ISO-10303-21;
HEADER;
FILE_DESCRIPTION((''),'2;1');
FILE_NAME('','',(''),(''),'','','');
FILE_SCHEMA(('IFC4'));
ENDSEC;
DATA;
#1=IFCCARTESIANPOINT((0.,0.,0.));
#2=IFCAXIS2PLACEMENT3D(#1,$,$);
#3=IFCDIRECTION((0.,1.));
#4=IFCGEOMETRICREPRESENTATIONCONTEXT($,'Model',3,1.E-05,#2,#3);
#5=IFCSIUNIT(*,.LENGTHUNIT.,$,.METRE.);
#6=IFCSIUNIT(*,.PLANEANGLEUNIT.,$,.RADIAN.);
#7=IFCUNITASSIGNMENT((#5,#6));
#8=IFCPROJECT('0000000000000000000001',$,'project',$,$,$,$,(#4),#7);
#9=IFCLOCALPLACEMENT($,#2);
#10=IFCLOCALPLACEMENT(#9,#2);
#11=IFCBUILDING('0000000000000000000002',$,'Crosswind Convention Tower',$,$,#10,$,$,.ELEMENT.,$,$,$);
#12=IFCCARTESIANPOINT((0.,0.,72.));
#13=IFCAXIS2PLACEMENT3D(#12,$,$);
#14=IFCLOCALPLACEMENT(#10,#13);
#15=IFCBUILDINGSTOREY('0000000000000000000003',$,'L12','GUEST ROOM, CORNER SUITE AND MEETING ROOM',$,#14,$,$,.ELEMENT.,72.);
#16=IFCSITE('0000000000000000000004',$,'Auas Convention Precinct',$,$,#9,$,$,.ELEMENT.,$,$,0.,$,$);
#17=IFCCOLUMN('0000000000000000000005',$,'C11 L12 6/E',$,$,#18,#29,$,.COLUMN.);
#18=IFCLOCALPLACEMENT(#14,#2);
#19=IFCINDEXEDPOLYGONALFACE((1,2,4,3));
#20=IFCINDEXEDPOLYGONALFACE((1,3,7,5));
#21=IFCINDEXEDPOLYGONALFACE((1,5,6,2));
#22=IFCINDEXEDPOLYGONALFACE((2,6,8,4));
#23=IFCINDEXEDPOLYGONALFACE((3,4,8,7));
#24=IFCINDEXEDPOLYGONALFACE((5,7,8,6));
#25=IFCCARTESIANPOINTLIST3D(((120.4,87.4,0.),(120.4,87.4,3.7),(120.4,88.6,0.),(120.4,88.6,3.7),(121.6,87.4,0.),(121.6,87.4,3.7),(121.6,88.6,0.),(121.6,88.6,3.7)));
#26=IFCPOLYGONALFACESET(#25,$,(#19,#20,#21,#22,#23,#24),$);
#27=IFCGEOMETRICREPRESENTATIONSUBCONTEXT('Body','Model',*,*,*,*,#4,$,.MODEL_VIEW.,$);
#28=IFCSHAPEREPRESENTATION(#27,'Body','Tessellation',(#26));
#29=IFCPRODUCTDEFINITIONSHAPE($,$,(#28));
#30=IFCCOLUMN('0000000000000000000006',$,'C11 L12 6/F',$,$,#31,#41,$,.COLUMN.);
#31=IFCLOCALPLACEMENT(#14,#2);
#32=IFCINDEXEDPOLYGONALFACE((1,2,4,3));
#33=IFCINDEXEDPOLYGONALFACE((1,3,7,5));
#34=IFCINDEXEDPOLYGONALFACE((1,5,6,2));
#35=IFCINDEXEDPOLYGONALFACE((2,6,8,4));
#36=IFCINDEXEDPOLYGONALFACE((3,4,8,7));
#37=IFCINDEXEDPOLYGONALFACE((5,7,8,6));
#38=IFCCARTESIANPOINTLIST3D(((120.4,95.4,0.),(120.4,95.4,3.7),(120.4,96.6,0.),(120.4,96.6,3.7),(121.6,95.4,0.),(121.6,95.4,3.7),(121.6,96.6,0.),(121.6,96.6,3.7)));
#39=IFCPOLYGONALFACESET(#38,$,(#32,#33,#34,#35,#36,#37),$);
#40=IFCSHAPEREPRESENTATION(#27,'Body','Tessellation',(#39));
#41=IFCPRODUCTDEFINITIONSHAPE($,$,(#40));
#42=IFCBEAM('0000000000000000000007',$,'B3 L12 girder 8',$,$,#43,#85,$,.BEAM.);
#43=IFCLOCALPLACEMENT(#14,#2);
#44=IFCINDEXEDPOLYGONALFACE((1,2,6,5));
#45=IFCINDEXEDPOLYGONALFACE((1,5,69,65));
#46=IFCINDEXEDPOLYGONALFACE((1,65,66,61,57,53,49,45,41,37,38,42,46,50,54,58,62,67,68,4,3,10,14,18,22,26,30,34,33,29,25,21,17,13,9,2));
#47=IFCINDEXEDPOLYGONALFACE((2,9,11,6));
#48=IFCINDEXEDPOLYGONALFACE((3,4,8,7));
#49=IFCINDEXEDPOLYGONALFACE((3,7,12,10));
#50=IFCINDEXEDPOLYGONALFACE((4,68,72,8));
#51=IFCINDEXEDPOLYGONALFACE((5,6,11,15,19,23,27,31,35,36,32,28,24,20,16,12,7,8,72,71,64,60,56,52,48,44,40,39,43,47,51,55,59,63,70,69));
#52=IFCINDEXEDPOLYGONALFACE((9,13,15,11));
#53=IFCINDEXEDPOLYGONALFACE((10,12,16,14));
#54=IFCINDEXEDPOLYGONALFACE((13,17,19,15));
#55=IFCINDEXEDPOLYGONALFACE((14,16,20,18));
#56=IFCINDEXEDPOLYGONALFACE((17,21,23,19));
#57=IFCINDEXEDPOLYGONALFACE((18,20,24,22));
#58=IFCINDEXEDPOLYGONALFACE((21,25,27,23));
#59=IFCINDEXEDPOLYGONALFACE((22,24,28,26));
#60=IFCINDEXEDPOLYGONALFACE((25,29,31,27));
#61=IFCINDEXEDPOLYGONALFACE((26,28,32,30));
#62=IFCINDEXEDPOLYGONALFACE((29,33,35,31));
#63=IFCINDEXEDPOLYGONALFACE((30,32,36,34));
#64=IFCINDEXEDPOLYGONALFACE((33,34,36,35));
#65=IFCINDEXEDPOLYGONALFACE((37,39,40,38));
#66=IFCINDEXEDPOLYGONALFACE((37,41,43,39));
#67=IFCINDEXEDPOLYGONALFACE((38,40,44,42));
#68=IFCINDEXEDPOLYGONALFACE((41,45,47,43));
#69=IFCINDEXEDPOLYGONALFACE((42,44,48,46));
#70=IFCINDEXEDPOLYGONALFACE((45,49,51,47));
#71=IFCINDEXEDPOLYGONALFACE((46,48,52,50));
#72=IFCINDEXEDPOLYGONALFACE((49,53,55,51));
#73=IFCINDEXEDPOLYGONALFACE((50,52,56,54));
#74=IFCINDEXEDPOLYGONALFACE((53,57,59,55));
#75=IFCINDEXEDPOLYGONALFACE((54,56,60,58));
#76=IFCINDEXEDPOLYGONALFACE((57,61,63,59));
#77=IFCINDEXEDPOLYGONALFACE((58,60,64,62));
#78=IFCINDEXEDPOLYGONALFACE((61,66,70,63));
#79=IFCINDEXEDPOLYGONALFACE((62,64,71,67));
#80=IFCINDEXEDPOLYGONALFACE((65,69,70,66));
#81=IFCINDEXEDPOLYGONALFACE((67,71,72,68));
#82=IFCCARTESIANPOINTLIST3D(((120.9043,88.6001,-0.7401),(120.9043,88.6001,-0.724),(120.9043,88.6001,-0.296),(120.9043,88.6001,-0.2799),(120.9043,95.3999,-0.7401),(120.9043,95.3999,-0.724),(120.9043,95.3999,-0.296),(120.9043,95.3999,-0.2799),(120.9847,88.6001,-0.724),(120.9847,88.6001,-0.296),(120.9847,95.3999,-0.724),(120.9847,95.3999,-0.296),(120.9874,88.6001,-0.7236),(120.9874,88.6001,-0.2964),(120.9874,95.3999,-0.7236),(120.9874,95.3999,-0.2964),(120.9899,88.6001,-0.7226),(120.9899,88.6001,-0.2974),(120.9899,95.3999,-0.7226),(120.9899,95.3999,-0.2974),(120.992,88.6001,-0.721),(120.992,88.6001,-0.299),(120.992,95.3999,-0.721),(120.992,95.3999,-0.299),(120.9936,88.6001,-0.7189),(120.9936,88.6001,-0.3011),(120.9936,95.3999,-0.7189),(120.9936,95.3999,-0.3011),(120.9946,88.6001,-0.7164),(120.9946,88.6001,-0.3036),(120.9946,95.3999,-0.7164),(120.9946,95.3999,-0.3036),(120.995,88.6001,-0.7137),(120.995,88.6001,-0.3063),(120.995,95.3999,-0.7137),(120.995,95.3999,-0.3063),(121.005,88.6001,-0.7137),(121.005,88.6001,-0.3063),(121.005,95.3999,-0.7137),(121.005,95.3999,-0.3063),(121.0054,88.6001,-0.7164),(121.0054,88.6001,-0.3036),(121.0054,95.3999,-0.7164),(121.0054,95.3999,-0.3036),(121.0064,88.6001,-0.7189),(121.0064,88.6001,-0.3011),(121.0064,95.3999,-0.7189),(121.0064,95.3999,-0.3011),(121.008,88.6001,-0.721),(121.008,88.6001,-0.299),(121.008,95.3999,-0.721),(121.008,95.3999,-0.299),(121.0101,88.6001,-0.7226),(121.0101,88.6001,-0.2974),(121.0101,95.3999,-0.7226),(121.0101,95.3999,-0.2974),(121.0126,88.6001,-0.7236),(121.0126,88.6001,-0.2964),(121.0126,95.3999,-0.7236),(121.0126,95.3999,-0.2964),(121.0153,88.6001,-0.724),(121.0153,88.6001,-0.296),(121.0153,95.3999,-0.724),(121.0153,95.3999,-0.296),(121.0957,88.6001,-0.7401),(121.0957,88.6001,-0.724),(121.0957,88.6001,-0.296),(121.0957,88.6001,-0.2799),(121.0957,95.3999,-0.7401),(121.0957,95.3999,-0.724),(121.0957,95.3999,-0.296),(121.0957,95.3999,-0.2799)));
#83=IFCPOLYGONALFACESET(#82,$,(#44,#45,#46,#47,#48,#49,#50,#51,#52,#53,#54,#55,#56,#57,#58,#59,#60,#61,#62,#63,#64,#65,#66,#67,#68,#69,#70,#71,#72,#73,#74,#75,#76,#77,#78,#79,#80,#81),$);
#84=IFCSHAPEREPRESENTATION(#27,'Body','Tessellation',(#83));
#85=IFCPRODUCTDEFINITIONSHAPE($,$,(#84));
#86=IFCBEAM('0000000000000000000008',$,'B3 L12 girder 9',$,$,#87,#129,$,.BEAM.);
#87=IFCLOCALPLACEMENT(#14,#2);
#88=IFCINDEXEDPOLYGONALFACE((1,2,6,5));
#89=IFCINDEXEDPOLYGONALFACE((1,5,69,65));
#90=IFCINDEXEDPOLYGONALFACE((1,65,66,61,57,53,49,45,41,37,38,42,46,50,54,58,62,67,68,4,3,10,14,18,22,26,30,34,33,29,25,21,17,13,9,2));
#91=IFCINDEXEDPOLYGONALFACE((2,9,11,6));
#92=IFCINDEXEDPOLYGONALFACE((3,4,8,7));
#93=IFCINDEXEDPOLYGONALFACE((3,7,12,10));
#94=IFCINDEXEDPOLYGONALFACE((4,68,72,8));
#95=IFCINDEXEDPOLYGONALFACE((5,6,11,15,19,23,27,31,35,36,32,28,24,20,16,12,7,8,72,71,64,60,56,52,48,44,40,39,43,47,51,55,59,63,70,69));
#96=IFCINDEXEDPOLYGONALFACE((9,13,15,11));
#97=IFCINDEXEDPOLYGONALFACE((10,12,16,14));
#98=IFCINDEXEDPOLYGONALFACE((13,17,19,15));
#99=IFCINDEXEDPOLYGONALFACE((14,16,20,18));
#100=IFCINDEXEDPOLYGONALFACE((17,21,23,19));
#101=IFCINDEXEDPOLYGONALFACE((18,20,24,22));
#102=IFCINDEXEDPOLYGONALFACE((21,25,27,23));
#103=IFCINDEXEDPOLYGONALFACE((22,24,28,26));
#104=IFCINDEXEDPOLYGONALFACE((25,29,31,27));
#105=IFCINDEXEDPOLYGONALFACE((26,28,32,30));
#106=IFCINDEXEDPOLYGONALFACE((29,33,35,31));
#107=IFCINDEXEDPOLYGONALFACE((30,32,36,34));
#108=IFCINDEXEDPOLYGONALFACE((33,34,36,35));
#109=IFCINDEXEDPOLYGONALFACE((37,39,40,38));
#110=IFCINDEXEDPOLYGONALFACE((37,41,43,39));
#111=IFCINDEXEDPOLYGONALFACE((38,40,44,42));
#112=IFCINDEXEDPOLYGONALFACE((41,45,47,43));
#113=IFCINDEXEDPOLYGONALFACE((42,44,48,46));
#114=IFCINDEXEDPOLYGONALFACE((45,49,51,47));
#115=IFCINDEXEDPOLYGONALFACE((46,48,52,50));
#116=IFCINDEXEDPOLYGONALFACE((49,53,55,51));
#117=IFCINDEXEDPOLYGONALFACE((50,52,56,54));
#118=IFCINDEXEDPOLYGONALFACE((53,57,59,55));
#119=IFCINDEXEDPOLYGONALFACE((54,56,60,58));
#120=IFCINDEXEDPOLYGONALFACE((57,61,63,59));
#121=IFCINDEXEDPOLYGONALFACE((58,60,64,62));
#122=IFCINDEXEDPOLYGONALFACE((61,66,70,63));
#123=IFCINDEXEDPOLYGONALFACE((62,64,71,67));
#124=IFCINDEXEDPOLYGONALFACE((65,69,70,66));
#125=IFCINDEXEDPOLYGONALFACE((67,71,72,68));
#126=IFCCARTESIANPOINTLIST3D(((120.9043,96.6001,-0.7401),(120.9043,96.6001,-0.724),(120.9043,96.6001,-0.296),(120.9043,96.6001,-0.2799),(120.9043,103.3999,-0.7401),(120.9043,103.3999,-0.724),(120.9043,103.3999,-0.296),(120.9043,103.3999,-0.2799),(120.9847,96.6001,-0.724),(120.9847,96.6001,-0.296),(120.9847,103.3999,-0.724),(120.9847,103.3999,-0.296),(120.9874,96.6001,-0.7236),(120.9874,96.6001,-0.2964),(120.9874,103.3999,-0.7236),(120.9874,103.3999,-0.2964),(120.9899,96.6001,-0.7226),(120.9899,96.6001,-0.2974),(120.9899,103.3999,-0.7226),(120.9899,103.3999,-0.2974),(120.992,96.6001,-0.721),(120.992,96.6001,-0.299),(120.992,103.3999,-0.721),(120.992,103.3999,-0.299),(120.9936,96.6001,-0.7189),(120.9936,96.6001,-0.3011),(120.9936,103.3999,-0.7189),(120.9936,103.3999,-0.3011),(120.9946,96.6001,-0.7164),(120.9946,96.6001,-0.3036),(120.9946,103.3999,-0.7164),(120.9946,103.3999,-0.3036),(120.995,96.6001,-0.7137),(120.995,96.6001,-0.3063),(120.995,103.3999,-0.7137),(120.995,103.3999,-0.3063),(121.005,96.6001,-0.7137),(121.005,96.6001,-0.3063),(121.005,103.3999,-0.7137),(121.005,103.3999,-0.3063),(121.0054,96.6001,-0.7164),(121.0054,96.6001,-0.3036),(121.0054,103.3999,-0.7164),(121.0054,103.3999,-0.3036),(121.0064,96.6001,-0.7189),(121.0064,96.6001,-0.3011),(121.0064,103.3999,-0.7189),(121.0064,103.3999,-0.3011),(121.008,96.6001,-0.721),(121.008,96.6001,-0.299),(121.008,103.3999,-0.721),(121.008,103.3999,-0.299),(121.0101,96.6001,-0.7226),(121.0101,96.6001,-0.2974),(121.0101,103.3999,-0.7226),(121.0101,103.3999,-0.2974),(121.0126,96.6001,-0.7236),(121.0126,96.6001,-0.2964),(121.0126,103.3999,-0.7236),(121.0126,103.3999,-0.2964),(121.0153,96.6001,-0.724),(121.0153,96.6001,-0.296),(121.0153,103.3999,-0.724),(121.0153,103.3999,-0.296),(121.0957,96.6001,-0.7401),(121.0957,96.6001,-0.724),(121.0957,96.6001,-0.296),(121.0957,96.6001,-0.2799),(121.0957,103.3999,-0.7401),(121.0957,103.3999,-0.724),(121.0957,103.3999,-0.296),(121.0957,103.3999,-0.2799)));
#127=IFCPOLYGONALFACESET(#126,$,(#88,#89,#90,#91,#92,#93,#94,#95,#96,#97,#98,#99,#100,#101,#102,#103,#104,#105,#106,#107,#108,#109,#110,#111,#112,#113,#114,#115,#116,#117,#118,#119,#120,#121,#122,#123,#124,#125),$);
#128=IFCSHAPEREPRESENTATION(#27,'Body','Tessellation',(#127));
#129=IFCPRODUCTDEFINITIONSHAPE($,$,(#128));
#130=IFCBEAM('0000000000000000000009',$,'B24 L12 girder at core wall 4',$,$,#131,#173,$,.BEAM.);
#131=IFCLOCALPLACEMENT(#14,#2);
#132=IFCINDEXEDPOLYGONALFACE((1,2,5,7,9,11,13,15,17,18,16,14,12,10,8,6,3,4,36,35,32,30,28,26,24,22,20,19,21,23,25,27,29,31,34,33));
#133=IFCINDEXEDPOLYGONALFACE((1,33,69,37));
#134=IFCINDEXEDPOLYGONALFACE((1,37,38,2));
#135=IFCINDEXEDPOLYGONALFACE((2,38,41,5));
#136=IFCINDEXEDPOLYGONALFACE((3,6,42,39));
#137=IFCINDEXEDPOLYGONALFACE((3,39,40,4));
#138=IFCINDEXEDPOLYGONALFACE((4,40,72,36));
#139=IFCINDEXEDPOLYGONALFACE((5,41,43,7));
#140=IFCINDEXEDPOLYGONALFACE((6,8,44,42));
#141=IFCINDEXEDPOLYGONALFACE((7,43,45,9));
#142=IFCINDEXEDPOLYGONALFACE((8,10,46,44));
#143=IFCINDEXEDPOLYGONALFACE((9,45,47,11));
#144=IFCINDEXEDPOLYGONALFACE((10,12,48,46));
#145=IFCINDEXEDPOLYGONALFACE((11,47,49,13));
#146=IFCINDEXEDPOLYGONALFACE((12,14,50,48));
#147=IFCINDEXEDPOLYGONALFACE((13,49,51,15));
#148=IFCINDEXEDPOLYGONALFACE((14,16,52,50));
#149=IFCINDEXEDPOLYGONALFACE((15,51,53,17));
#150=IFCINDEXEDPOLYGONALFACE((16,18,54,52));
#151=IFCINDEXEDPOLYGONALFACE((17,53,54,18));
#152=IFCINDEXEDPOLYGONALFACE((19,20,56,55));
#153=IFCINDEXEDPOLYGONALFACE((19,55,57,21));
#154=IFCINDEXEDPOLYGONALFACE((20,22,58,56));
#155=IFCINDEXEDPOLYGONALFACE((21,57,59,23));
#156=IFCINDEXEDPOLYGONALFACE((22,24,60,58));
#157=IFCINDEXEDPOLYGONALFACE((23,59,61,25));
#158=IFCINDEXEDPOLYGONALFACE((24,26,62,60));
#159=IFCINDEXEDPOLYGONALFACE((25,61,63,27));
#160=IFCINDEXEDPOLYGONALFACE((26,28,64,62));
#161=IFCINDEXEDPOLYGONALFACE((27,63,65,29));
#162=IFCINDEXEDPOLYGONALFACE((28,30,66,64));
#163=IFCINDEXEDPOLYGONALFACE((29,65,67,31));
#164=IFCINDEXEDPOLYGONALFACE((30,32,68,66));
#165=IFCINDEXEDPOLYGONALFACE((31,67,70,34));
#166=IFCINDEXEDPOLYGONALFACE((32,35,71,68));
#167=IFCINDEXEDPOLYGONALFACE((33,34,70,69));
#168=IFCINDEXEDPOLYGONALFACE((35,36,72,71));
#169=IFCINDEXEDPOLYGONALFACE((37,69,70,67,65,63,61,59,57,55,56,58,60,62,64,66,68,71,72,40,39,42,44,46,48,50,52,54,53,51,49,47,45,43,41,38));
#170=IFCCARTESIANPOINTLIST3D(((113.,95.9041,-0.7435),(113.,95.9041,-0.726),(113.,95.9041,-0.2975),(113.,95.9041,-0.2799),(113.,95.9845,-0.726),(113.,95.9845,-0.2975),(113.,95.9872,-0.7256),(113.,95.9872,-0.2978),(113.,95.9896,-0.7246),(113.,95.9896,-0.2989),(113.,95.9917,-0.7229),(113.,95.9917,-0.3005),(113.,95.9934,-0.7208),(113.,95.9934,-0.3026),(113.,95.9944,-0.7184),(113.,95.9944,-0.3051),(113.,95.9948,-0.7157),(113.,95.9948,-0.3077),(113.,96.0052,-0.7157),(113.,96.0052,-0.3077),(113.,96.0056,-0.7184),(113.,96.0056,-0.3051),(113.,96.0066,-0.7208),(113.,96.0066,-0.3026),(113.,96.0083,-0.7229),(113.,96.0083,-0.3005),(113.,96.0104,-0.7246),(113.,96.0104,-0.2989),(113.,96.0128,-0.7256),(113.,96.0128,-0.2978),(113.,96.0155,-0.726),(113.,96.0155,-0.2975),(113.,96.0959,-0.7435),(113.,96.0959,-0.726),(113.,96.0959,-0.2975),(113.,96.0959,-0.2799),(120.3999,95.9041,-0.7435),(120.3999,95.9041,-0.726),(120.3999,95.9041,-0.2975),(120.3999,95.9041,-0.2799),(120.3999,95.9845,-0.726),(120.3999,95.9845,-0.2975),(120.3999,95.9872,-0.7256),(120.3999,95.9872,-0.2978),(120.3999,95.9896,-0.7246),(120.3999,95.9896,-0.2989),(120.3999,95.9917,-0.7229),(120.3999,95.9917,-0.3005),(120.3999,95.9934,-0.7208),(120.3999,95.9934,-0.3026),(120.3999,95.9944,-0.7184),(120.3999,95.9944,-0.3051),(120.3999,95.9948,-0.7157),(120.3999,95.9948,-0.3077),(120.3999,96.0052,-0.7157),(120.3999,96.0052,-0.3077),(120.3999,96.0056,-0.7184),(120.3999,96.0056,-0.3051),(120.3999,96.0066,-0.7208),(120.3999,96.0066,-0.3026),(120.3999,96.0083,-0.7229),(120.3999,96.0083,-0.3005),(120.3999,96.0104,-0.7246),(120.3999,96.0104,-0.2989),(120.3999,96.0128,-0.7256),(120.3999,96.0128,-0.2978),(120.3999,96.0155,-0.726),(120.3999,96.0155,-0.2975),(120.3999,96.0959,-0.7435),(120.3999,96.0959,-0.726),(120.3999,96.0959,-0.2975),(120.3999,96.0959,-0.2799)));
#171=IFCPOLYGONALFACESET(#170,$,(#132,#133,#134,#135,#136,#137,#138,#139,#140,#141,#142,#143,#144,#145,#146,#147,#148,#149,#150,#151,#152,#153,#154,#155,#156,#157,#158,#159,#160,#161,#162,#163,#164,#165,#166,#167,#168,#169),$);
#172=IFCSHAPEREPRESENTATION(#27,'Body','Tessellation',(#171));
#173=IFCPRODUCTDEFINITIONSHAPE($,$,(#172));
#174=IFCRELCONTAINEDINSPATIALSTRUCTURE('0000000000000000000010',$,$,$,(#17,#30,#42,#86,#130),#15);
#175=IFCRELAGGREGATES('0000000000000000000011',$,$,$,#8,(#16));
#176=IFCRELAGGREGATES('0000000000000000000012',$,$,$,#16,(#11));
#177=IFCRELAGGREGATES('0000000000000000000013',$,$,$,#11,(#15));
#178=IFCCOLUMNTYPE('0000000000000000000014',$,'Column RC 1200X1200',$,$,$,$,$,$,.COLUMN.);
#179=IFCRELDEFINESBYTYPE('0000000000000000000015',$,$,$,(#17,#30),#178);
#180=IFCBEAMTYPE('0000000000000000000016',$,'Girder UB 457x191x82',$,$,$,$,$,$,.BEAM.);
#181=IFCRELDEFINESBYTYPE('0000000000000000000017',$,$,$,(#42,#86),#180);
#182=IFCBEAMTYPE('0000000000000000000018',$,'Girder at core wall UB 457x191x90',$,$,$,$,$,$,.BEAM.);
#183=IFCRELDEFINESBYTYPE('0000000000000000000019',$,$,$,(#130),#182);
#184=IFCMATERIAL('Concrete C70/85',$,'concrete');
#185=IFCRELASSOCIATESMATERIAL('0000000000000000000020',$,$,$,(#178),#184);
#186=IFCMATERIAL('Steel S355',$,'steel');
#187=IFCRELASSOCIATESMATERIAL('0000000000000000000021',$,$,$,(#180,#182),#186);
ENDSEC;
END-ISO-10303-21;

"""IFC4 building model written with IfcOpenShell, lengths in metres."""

from ifc_helpers import new_model, si_unit, direction, frame, origin, origin_2d, place, context, subcontext, project, spatial, rectangle, i_section, extrude, material, material_profile, profile_set, type_object, element, save


model = new_model("IFC4")

# Units and contexts
model_context = context("Model", 3, precision=1e-05, world=origin(), true_north=direction((0.0, 1.0)))
body_context = subcontext(model_context, "Body", "Model", "MODEL_VIEW")
ifc_project = project(units=[si_unit("LENGTHUNIT", "METRE"), si_unit("PLANEANGLEUNIT", "RADIAN")], contexts=[model_context])

# Site, building, storey
site_placement = place(None, origin())
site = spatial("IfcSite", under=ifc_project, at=site_placement, Name="Auas Convention Precinct", CompositionType="ELEMENT", RefElevation=0.0)
building_placement = place(site_placement, origin())
building = spatial("IfcBuilding", under=site, at=building_placement, Name="Crosswind Convention Tower", CompositionType="ELEMENT")
storey_placement = place(building_placement, frame((0.0, 0.0, 72.0)))
storey = spatial("IfcBuildingStorey", under=building, at=storey_placement, Name="L12", Description="GUEST ROOM, CORNER SUITE AND MEETING ROOM", CompositionType="ELEMENT", Elevation=72.0)

# Columns
ifc_material_1 = material(Name="Concrete C70/85", Category="concrete")
ifc_material_profile_1 = material_profile(ifc_material_1, rectangle(XDim=1.2, YDim=1.2, at=origin_2d()), Name="RC 1200X1200")
ifc_profile_set_1 = profile_set([ifc_material_profile_1], Name="Concrete C70/85")
column_type = type_object("IfcColumnType", Name="Column RC 1200X1200", PredefinedType="COLUMN", material=ifc_profile_set_1)
for number, where, z_axis, x_axis, name in (
    (1, (121.0, 88.0, 0.0), (0.0, 0.0, 1.0), (1.0, 0.0, 0.0), "C11 L12 6/E"),
    (2, (121.0, 96.0, 0.0), (0.0, 0.0, 1.0), (1.0, 0.0, 0.0), "C11 L12 6/F"),
):
    element("IfcColumn", number, at=place(storey_placement, frame(where, z_axis=z_axis, x_axis=x_axis)), inside=storey, type_object=column_type, Name=name, PredefinedType="COLUMN", context=body_context, shape_type="SweptSolid", body=[
        extrude(rectangle(XDim=1.2, YDim=1.2, at=origin_2d()), origin(), (0.0, 0.0, 1.0), 3.7),
    ])

# Beams
ifc_material_2 = material(Name="Steel S355", Category="steel")
ifc_material_profile_2 = material_profile(ifc_material_2, i_section(OverallWidth=0.1914, OverallDepth=0.4602, WebThickness=0.01, FlangeThickness=0.0161, FilletRadius=0.0103, at=origin_2d()), Name="UB 457x191x82")
ifc_profile_set_2 = profile_set([ifc_material_profile_2], Name="Steel S355")
beam_type_1 = type_object("IfcBeamType", Name="Girder UB 457x191x82", PredefinedType="BEAM", material=ifc_profile_set_2)
for number, where, z_axis, x_axis, name in (
    (3, (121.0, 88.6001, -0.51), (0.0, 1.0, 0.0), (-1.0, 0.0, 0.0), "B3 L12 girder 8"),
    (4, (121.0, 96.6001, -0.51), (0.0, 1.0, 0.0), (-1.0, 0.0, 0.0), "B3 L12 girder 9"),
):
    element("IfcBeam", number, at=place(storey_placement, frame(where, z_axis=z_axis, x_axis=x_axis)), inside=storey, type_object=beam_type_1, Name=name, PredefinedType="BEAM", context=body_context, shape_type="SweptSolid", body=[
        extrude(i_section(OverallWidth=0.1914, OverallDepth=0.4602, WebThickness=0.01, FlangeThickness=0.0161, FilletRadius=0.0103, at=origin_2d()), origin(), (0.0, 0.0, 1.0), 6.7998),
    ])
ifc_material_profile_3 = material_profile(ifc_material_2, i_section(OverallWidth=0.1919, OverallDepth=0.4636, WebThickness=0.0105, FlangeThickness=0.0176, FilletRadius=0.0103, at=origin_2d()), Name="UB 457x191x90")
ifc_profile_set_3 = profile_set([ifc_material_profile_3], Name="Steel S355")
beam_type_2 = type_object("IfcBeamType", Name="Girder at core wall UB 457x191x90", PredefinedType="BEAM", material=ifc_profile_set_3)
beam_1_placement = place(storey_placement, frame((113.0, 96.0, -0.5117), z_axis=(1.0, 0.0, 0.0), x_axis=(0.0, 1.0, 0.0)))
element("IfcBeam", 5, at=beam_1_placement, inside=storey, type_object=beam_type_2, Name="B24 L12 girder at core wall 4", PredefinedType="BEAM", context=body_context, shape_type="SweptSolid", body=[
    extrude(i_section(OverallWidth=0.1919, OverallDepth=0.4636, WebThickness=0.0105, FlangeThickness=0.0176, FilletRadius=0.0103, at=origin_2d()), origin(), (0.0, 0.0, 1.0), 7.3999),
])

save(model, "model.ifc")
